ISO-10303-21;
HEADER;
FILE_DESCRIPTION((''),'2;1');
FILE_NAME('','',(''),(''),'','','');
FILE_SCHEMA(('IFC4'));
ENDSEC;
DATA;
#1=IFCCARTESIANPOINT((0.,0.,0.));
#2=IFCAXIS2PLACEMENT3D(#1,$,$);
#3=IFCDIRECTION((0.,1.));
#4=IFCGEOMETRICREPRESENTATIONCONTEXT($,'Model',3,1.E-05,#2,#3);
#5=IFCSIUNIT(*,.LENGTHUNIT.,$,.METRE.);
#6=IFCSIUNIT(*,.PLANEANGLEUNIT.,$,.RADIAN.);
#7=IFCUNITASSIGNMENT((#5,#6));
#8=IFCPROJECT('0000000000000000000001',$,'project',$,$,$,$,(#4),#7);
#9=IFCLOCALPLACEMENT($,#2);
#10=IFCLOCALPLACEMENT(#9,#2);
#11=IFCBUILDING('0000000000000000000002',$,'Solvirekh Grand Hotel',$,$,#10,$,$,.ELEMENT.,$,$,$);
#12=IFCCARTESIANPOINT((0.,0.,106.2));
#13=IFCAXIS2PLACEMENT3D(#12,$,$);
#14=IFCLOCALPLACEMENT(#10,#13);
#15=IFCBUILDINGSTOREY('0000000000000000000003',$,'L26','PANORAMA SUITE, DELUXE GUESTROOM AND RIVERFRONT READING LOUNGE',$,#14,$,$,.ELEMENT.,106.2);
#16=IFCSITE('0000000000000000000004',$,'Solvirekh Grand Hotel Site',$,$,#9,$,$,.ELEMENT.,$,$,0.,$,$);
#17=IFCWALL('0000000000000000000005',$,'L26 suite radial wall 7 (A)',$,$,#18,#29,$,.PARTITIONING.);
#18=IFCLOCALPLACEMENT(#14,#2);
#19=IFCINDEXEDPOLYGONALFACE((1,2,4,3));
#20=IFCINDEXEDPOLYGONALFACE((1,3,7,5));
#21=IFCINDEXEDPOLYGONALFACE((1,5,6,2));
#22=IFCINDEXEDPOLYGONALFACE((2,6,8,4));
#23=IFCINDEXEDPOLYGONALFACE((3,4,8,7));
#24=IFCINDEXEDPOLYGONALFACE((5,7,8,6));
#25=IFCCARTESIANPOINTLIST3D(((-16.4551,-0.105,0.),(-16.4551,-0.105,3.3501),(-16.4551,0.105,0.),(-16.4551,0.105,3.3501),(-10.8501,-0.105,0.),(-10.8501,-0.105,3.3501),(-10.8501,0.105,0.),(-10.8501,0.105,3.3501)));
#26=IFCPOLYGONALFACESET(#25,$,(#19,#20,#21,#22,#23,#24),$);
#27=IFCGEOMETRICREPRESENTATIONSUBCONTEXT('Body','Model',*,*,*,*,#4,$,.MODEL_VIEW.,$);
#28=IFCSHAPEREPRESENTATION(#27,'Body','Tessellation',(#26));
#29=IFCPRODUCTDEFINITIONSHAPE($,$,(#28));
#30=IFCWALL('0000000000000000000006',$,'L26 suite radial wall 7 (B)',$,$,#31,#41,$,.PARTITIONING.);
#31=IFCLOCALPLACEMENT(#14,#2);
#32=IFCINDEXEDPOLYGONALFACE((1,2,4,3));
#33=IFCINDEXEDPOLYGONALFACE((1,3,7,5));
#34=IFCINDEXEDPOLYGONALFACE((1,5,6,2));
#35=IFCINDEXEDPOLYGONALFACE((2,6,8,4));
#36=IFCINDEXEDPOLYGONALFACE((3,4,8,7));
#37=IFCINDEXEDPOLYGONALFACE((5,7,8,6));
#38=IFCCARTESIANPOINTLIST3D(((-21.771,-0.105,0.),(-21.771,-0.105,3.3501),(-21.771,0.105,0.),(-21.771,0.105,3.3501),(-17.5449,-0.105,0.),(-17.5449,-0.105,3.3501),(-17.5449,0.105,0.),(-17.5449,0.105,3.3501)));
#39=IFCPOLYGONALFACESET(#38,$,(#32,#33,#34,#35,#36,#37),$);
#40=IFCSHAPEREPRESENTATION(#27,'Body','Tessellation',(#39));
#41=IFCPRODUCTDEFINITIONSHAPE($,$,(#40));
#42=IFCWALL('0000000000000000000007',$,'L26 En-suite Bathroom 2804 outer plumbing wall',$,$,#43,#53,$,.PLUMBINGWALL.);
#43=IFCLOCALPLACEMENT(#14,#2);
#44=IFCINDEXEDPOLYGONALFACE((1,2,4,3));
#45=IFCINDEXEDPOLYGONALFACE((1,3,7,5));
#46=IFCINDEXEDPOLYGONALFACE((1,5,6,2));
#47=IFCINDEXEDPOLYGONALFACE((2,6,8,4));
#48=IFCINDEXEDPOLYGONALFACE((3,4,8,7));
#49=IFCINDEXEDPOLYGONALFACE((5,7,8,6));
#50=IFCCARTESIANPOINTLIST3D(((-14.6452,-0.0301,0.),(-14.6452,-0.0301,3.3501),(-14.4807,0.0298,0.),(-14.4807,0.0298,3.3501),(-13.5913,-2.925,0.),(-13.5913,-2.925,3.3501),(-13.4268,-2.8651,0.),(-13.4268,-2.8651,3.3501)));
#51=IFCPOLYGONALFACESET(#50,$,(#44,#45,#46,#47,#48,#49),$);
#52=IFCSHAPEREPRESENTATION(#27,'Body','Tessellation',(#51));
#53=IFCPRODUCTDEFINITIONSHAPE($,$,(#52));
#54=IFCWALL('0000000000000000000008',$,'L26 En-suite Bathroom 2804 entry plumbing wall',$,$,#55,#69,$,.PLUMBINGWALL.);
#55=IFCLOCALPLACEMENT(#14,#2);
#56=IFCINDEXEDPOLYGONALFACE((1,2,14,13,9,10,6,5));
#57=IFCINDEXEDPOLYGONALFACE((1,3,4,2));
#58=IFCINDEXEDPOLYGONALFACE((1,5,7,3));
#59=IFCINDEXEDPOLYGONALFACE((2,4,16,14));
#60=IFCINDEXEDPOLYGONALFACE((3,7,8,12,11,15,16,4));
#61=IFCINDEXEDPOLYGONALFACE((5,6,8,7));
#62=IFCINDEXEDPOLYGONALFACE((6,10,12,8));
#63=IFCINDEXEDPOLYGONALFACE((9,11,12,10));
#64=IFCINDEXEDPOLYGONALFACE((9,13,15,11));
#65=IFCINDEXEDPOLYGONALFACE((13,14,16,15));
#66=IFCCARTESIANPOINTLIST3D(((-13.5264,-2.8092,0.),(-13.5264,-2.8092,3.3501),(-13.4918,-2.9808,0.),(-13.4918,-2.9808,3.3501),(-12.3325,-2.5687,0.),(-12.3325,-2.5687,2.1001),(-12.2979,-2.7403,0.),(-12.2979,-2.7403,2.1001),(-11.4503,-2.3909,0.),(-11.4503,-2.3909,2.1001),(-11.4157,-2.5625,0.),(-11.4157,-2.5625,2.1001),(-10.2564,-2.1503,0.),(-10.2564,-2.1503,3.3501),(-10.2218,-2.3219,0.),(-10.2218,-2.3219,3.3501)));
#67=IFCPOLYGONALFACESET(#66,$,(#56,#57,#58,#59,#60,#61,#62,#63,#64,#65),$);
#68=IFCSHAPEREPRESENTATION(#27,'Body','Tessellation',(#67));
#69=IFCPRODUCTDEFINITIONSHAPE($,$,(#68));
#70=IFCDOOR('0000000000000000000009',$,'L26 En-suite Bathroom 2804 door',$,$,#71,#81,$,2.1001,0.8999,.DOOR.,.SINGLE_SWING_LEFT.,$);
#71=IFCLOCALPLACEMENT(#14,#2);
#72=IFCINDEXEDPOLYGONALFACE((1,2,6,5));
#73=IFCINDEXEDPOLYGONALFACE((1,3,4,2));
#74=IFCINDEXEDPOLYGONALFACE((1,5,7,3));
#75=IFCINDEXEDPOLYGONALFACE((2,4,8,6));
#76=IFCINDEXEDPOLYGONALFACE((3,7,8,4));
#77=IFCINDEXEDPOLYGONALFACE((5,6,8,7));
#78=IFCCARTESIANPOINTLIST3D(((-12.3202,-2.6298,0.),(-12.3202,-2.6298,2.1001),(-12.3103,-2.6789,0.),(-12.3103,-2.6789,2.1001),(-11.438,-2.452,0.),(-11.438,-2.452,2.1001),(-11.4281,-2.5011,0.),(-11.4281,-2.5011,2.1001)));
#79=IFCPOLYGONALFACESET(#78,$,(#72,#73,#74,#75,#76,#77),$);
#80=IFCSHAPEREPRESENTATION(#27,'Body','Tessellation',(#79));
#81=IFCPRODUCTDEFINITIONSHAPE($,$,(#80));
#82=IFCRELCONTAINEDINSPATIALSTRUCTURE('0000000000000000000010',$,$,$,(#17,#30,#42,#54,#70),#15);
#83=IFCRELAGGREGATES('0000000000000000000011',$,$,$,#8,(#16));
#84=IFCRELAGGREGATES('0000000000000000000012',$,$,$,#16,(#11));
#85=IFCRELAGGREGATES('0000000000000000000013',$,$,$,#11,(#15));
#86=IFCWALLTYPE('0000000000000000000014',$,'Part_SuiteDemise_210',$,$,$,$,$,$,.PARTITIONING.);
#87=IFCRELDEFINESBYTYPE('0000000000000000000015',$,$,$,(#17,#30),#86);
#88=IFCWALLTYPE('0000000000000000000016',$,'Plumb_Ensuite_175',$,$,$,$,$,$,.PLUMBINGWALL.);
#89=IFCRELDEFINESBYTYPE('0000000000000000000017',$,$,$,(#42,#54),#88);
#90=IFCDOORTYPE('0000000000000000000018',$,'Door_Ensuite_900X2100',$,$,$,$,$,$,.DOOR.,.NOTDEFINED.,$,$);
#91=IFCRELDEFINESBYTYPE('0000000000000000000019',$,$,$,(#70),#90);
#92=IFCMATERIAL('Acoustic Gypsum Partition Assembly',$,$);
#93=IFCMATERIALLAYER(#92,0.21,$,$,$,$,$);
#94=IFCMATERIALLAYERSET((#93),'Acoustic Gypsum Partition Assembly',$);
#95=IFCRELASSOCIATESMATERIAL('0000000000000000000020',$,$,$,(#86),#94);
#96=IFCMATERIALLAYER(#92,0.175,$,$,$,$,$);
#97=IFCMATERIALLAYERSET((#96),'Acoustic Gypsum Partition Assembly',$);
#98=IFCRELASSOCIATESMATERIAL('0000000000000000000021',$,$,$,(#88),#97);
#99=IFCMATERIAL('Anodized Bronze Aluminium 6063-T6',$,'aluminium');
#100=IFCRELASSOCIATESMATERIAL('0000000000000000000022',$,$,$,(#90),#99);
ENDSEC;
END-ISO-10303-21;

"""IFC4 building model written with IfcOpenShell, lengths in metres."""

from ifc_helpers import new_model, si_unit, direction, frame, frame_2d, origin, place, context, subcontext, project, spatial, rectangle, extrude, material, layer, layer_set, type_object, element, fill, save


model = new_model("IFC4")

# Units and contexts
model_context = context("Model", 3, precision=1e-05, world=origin(), true_north=direction((0.0, 1.0)))
body_context = subcontext(model_context, "Body", "Model", "MODEL_VIEW")
ifc_project = project(units=[si_unit("LENGTHUNIT", "METRE"), si_unit("PLANEANGLEUNIT", "RADIAN")], contexts=[model_context])

# Site, building, storey
site_placement = place(None, origin())
site = spatial("IfcSite", under=ifc_project, at=site_placement, Name="Solvirekh Grand Hotel Site", CompositionType="ELEMENT", RefElevation=0.0)
building_placement = place(site_placement, origin())
building = spatial("IfcBuilding", under=site, at=building_placement, Name="Solvirekh Grand Hotel", CompositionType="ELEMENT")
storey_placement = place(building_placement, frame((0.0, 0.0, 106.2)))
storey = spatial("IfcBuildingStorey", under=building, at=storey_placement, Name="L26", Description="PANORAMA SUITE, DELUXE GUESTROOM AND RIVERFRONT READING LOUNGE", CompositionType="ELEMENT", Elevation=106.2)

# Shared definitions
ifc_material_1 = material(Name="Anodized Bronze Aluminium 6063-T6", Category="aluminium")

# Shared definitions
ifc_material_2 = material(Name="Acoustic Gypsum Partition Assembly")

# Walls
ifc_layer_1 = layer(ifc_material_2, 0.21)
ifc_layer_set_1 = layer_set([ifc_layer_1], Name="Acoustic Gypsum Partition Assembly")
wall_type_1 = type_object("IfcWallType", Name="Part_SuiteDemise_210", PredefinedType="PARTITIONING", material=ifc_layer_set_1)
wall_1_placement = place(storey_placement, frame((-10.8501, 0.0, 0.0), z_axis=(0.0, 0.0, 1.0), x_axis=(-1.0, 0.0, 0.0)))
element("IfcWall", 1, at=wall_1_placement, inside=storey, type_object=wall_type_1, Name="L26 suite radial wall 7 (A)", PredefinedType="PARTITIONING", context=body_context, shape_type="SweptSolid", body=[
    extrude(rectangle(XDim=5.605, YDim=0.21, at=frame_2d((2.8025, 0.0))), origin(), (0.0, 0.0, 1.0), 3.3501),
])
wall_2_placement = place(storey_placement, frame((-17.5449, 0.0, 0.0), z_axis=(0.0, 0.0, 1.0), x_axis=(-1.0, 0.0, 0.0)))
element("IfcWall", 2, at=wall_2_placement, inside=storey, type_object=wall_type_1, Name="L26 suite radial wall 7 (B)", PredefinedType="PARTITIONING", context=body_context, shape_type="SweptSolid", body=[
    extrude(rectangle(XDim=4.2261, YDim=0.21, at=frame_2d((2.113, 0.0))), origin(), (0.0, 0.0, 1.0), 3.3501),
])
ifc_layer_2 = layer(ifc_material_2, 0.175)
ifc_layer_set_2 = layer_set([ifc_layer_2], Name="Acoustic Gypsum Partition Assembly")
wall_type_2 = type_object("IfcWallType", Name="Plumb_Ensuite_175", PredefinedType="PLUMBINGWALL", material=ifc_layer_set_2)
wall_3_placement = place(storey_placement, frame((-14.563, 0.0, 0.0), z_axis=(0.0, 0.0, 1.0), x_axis=(0.342093, -0.939666, 0.0)))
element("IfcWall", 3, at=wall_3_placement, inside=storey, type_object=wall_type_2, Name="L26 En-suite Bathroom 2804 outer plumbing wall", PredefinedType="PLUMBINGWALL", context=body_context, shape_type="SweptSolid", body=[
    extrude(rectangle(XDim=3.0808, YDim=0.175, at=frame_2d((1.5405, 0.0))), origin(), (0.0, 0.0, 1.0), 3.3501),
])

# Wall, opening, door
wall_4_placement = place(storey_placement, frame((-10.239, -2.2361, 0.0), z_axis=(0.0, 0.0, 1.0), x_axis=(-0.980295, -0.197537, 0.0)))
wall_4 = element("IfcWall", 4, at=wall_4_placement, inside=storey, type_object=wall_type_2, Name="L26 En-suite Bathroom 2804 entry plumbing wall", PredefinedType="PLUMBINGWALL", context=body_context, shape_type="SweptSolid", body=[
    extrude(rectangle(XDim=3.3357, YDim=0.175, at=frame_2d((1.668, 0.0))), origin(), (0.0, 0.0, 1.0), 3.3501),
])
opening_1_placement = place(wall_4_placement, frame((1.218, 0.0, 0.0)))
opening_1 = element("IfcOpeningElement", 5, at=opening_1_placement, cuts=wall_4, PredefinedType="OPENING", context=body_context, shape_type="SweptSolid", body=[
    extrude(rectangle(XDim=0.8999, YDim=2.1001, at=frame_2d((0.45, 1.05))), frame((0.0, 0.0977, 0.0), z_axis=(0.0, -1.0, 0.0), x_axis=(1.0, 0.0, 0.0)), (0.0, 0.0, 1.0), 0.1951),
])
door_type_1 = type_object("IfcDoorType", Name="Door_Ensuite_900X2100", OperationType="NOTDEFINED", PredefinedType="DOOR", material=ifc_material_1)
door_1_placement = place(opening_1_placement, origin())
door_1 = element("IfcDoor", 6, at=door_1_placement, inside=storey, type_object=door_type_1, Name="L26 En-suite Bathroom 2804 door", OperationType="SINGLE_SWING_LEFT", OverallHeight=2.1001, OverallWidth=0.8999, PredefinedType="DOOR", context=body_context, shape_type="SweptSolid", body=[
    extrude(rectangle(XDim=0.8999, YDim=2.1001, at=frame_2d((0.45, 1.05))), frame((0.0, 0.0249, 0.0), z_axis=(0.0, -1.0, 0.0), x_axis=(1.0, 0.0, 0.0)), (0.0, 0.0, 1.0), 0.05),
])
fill(opening_1, door_1)

save(model, "model.ifc")
